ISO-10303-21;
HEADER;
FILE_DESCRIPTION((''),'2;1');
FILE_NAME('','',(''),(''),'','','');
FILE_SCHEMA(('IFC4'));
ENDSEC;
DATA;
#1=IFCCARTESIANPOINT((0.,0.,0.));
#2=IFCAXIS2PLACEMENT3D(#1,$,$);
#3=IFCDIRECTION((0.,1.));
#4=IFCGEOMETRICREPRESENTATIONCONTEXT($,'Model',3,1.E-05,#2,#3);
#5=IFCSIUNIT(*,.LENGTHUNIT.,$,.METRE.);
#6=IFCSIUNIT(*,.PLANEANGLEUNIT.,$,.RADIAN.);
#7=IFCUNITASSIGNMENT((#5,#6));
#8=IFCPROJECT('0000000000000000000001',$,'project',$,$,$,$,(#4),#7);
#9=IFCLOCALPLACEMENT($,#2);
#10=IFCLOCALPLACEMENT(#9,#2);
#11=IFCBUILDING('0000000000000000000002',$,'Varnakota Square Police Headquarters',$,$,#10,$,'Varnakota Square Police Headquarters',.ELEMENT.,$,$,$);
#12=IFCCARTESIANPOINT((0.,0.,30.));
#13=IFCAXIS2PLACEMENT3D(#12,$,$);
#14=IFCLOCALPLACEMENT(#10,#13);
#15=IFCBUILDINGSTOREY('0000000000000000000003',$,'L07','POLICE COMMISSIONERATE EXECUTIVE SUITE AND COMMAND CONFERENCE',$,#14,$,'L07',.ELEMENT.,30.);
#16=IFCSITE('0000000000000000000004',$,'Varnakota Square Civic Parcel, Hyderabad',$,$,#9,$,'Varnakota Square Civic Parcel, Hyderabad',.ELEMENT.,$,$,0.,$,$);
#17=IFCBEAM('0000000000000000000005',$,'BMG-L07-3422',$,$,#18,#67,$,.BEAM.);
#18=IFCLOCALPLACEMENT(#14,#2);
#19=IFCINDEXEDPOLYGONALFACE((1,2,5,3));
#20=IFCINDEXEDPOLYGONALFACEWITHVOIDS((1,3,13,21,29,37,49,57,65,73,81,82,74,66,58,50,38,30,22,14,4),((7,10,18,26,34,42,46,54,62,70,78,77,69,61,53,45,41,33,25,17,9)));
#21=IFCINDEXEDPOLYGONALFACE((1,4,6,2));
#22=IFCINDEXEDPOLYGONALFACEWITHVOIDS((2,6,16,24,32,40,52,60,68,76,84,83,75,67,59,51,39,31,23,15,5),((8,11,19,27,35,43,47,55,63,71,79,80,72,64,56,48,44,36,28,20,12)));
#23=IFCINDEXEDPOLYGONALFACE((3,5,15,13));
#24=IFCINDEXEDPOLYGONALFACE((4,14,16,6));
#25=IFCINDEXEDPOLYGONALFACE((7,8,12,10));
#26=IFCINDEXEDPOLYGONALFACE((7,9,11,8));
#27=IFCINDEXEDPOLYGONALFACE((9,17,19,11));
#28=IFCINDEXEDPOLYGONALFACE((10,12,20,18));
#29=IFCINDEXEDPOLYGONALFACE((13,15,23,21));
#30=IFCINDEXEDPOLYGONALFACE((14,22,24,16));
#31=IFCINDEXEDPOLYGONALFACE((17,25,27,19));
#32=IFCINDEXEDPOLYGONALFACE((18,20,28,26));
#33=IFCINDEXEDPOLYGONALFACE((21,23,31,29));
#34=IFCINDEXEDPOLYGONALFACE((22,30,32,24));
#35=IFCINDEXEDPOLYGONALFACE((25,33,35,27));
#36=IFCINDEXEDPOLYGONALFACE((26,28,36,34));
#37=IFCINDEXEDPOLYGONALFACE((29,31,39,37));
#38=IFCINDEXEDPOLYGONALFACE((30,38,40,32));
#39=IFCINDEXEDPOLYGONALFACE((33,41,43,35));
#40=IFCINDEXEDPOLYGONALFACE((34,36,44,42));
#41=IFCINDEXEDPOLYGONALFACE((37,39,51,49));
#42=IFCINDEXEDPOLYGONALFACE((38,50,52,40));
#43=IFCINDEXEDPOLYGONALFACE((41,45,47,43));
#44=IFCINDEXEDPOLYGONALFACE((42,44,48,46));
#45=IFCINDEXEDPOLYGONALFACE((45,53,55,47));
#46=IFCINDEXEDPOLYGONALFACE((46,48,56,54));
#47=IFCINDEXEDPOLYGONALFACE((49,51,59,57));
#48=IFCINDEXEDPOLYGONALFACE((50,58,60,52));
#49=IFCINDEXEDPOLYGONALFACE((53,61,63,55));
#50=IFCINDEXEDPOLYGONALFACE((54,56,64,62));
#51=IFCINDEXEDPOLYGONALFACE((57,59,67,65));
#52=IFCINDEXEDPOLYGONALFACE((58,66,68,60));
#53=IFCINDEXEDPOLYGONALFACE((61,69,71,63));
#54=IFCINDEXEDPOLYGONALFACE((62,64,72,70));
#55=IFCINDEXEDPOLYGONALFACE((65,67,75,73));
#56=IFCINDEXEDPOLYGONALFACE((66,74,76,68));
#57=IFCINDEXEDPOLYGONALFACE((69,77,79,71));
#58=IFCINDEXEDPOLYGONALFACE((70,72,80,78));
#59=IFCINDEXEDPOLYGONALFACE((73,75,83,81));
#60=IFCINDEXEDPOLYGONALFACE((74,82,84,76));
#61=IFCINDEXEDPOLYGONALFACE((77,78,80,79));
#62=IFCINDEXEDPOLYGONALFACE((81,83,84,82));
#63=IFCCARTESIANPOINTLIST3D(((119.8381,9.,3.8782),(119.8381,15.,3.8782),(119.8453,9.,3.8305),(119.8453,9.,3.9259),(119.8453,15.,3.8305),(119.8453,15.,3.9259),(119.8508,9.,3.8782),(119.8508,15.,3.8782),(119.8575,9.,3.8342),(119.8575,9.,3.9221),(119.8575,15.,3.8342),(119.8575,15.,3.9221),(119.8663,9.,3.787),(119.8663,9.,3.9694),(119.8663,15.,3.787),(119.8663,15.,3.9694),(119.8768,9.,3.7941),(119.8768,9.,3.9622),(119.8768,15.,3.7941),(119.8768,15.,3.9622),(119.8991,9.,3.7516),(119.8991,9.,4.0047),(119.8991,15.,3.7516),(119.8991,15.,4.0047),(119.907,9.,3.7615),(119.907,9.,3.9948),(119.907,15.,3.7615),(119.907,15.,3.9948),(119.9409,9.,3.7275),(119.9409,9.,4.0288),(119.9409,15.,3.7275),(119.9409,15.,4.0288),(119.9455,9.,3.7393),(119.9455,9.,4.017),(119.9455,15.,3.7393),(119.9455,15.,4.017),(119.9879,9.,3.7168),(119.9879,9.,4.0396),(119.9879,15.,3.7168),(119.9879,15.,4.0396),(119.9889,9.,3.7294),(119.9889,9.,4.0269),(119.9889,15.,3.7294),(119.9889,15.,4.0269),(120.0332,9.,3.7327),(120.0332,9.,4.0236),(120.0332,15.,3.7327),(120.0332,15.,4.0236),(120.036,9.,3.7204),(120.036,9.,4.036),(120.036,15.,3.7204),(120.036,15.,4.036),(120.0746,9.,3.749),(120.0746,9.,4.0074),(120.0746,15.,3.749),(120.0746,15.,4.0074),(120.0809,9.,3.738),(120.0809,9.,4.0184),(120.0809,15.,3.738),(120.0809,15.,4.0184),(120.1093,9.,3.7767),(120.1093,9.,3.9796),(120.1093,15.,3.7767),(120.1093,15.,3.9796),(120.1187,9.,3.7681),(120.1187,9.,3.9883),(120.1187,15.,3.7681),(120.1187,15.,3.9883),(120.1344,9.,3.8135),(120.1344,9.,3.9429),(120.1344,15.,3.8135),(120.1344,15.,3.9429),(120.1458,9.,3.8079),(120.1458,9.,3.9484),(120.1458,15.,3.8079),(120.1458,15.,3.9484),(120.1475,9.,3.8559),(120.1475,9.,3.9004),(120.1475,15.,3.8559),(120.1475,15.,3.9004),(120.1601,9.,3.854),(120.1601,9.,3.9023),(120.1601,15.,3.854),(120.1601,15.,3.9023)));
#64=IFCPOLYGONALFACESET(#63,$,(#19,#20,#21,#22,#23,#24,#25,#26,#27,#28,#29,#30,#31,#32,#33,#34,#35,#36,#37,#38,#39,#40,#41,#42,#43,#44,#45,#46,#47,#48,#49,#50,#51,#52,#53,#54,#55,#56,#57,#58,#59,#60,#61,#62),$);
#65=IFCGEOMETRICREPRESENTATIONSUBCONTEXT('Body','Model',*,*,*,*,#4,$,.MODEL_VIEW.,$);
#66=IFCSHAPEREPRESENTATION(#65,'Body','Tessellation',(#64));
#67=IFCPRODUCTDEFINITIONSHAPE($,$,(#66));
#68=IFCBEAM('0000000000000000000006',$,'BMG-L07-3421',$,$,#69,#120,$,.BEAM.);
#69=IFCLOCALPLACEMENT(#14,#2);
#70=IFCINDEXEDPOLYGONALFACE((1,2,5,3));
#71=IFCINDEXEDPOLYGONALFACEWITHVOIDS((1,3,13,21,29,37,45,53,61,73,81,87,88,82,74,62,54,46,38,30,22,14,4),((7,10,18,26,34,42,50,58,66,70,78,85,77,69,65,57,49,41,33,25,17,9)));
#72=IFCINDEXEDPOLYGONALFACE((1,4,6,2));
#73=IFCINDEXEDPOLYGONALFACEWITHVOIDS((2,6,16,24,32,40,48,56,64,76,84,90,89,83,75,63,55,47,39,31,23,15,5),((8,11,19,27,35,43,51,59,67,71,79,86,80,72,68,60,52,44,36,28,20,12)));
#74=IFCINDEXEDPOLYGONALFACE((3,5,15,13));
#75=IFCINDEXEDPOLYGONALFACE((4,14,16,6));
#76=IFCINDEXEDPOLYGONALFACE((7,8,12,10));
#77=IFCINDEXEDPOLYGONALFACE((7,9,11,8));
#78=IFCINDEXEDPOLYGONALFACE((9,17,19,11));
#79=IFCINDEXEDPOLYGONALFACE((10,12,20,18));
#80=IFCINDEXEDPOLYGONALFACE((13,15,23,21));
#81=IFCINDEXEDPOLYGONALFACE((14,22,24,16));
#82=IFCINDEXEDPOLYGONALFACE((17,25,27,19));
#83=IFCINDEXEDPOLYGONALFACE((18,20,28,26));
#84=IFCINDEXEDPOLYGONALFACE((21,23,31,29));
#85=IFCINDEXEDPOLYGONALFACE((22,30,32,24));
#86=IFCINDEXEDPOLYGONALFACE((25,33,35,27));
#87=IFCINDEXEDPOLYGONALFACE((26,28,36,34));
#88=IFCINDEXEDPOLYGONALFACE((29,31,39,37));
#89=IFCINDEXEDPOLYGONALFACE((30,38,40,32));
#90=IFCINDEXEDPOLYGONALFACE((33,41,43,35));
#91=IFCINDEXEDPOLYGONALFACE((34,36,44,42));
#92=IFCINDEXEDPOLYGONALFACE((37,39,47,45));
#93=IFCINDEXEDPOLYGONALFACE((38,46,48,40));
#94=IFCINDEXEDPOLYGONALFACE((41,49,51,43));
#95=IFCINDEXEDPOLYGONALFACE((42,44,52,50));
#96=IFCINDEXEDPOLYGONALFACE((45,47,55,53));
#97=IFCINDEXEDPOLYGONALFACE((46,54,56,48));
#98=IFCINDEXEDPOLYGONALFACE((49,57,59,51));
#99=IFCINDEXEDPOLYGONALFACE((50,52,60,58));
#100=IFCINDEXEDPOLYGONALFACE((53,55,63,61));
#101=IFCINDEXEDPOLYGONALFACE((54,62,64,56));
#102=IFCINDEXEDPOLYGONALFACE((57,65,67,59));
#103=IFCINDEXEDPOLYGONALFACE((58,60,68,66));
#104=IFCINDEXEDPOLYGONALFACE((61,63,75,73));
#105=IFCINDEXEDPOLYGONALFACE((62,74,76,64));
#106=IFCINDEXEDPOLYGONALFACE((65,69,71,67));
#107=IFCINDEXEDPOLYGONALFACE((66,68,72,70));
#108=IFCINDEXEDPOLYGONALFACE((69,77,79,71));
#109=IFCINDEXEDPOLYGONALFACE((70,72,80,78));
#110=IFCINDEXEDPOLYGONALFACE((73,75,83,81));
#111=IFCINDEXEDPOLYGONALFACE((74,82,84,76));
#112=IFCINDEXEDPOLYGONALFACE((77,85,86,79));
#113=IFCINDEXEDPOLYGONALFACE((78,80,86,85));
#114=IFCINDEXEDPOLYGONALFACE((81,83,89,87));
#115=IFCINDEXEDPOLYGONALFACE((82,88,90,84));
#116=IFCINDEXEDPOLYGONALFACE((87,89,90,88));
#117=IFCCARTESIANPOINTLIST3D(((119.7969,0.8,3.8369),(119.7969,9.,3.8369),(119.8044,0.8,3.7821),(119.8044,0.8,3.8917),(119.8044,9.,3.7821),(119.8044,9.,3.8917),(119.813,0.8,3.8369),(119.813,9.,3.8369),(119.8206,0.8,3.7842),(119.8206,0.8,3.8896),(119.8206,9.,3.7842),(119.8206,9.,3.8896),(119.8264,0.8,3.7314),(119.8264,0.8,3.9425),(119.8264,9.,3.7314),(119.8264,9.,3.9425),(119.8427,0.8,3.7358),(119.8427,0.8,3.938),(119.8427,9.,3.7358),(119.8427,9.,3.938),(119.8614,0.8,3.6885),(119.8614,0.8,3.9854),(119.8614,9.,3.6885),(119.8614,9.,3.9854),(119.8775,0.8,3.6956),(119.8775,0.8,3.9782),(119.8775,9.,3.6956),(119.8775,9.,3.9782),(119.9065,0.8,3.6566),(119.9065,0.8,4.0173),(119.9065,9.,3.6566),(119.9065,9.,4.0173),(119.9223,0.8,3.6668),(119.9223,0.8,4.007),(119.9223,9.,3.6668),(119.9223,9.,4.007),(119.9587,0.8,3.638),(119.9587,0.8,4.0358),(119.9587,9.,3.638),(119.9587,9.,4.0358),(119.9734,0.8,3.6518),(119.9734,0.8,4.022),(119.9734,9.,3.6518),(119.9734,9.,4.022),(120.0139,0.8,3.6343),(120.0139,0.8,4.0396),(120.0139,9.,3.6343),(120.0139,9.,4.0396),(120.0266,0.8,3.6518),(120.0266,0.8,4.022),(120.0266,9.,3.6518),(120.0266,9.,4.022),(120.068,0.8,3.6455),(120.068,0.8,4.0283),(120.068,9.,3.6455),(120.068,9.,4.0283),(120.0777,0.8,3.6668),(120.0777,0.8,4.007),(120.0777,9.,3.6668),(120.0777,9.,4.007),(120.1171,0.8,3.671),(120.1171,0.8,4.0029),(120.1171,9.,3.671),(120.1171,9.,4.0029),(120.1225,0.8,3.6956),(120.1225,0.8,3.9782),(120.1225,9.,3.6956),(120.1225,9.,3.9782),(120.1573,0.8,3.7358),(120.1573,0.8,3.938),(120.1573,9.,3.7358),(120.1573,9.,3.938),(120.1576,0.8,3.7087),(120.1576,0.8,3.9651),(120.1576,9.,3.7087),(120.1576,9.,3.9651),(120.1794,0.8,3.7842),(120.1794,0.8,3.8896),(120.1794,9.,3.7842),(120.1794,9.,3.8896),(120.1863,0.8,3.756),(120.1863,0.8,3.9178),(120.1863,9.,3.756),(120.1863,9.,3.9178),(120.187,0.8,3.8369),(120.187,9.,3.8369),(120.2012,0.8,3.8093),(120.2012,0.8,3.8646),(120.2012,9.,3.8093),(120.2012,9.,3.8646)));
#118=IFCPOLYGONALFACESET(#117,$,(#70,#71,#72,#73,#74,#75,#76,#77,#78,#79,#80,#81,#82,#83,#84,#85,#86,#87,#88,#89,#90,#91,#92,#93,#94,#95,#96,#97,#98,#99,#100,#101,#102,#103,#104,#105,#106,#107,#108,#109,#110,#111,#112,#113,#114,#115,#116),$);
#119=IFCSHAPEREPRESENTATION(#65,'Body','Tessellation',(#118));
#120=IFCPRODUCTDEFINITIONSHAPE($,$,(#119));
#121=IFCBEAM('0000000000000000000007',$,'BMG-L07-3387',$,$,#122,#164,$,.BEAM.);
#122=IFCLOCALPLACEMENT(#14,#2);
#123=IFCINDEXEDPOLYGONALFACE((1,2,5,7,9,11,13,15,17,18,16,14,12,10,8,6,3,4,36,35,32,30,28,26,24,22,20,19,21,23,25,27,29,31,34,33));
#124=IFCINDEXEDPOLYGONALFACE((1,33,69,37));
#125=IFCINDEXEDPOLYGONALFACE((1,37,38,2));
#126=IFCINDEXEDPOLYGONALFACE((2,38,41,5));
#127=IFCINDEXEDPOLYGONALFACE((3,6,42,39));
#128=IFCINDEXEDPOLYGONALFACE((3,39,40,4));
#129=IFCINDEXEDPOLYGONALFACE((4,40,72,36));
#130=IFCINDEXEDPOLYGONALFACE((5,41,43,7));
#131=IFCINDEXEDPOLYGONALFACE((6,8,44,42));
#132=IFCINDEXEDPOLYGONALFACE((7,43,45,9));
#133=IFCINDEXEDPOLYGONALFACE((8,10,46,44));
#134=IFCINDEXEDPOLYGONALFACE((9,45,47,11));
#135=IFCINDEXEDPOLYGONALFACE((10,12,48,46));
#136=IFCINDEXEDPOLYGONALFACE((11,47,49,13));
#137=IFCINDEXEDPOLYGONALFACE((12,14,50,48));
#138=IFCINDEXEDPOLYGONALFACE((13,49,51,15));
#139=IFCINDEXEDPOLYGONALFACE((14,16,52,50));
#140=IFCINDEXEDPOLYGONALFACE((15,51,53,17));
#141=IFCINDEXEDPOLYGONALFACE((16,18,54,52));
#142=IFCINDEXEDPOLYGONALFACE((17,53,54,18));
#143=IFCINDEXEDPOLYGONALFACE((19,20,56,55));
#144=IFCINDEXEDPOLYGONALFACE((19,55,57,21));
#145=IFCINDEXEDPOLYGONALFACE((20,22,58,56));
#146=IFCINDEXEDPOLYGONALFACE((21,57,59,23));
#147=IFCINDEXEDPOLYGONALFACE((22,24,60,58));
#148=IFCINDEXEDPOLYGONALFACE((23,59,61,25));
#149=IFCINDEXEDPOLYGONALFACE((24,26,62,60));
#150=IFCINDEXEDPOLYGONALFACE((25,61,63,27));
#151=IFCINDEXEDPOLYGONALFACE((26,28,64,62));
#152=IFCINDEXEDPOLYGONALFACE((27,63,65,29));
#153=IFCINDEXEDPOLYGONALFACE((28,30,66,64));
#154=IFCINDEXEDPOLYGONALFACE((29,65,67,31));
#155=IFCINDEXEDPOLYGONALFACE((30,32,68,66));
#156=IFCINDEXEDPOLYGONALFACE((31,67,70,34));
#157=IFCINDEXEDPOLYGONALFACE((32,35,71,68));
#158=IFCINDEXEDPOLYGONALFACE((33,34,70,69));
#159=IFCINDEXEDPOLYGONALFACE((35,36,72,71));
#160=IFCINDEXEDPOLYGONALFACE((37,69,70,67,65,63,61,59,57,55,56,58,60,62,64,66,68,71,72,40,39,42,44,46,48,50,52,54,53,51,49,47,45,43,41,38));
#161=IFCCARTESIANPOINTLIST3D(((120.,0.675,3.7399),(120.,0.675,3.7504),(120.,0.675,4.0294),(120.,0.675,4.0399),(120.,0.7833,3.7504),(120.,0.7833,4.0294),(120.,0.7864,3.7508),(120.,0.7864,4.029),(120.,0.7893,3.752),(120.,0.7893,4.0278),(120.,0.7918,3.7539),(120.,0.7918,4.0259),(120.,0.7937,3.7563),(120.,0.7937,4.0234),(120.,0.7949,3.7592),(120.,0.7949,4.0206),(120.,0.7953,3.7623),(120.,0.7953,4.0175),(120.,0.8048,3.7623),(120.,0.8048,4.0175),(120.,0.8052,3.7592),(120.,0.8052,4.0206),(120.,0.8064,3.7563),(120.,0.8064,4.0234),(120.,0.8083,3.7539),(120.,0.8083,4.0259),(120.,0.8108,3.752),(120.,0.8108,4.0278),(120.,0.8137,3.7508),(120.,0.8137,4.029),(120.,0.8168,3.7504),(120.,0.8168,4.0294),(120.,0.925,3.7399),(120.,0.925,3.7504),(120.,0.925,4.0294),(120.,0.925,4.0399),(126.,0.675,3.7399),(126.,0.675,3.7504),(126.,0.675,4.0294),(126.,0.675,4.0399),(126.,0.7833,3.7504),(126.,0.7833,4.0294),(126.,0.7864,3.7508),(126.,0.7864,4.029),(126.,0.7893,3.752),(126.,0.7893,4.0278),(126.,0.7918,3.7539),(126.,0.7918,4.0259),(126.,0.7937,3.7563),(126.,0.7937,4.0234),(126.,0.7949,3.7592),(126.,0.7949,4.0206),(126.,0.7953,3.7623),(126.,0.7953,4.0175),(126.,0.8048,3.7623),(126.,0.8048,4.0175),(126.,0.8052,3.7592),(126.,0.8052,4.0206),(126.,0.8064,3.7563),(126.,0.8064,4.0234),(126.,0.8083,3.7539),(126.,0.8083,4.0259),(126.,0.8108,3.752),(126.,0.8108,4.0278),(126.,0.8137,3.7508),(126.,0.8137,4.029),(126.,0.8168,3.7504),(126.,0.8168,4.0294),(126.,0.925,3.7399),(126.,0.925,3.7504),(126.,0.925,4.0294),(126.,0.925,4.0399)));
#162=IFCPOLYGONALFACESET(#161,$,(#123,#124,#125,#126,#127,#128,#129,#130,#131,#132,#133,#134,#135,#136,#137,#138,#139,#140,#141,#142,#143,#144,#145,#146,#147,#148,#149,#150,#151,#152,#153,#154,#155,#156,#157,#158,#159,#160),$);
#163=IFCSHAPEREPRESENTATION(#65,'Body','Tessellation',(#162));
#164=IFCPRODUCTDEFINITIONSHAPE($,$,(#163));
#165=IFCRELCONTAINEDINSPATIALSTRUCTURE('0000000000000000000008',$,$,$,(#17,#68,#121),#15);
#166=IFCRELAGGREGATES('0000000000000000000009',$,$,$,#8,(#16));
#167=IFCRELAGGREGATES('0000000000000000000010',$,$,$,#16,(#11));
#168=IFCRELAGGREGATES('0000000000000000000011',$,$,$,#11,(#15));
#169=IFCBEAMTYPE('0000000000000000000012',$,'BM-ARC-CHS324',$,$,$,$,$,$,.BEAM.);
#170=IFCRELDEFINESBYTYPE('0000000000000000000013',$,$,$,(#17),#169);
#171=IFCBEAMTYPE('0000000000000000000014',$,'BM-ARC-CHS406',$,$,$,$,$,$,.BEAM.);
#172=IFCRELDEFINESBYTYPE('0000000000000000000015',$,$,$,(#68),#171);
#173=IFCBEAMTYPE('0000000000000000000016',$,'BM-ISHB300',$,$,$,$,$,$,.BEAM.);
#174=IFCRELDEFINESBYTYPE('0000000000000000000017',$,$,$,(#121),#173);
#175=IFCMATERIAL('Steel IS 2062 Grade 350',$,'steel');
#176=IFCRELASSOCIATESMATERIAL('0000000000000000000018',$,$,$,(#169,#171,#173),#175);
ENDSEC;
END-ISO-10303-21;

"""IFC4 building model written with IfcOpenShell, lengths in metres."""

from ifc_helpers import new_model, si_unit, direction, frame, origin, origin_2d, place, context, subcontext, project, spatial, hollow_circle, i_section, extrude, material, material_profile, profile_set, type_object, element, save


model = new_model("IFC4")

# Units and contexts
model_context = context("Model", 3, precision=1e-05, world=origin(), true_north=direction((0.0, 1.0)))
body_context = subcontext(model_context, "Body", "Model", "MODEL_VIEW")
ifc_project = project(units=[si_unit("LENGTHUNIT", "METRE"), si_unit("PLANEANGLEUNIT", "RADIAN")], contexts=[model_context])

# Site, building, storey
site_placement = place(None, origin())
site = spatial("IfcSite", under=ifc_project, at=site_placement, Name="Varnakota Square Civic Parcel, Hyderabad", LongName="Varnakota Square Civic Parcel, Hyderabad", CompositionType="ELEMENT", RefElevation=0.0)
building_placement = place(site_placement, origin())
building = spatial("IfcBuilding", under=site, at=building_placement, Name="Varnakota Square Police Headquarters", LongName="Varnakota Square Police Headquarters", CompositionType="ELEMENT")
storey_placement = place(building_placement, frame((0.0, 0.0, 30.0)))
storey = spatial("IfcBuildingStorey", under=building, at=storey_placement, Name="L07", Description="POLICE COMMISSIONERATE EXECUTIVE SUITE AND COMMAND CONFERENCE", LongName="L07", CompositionType="ELEMENT", Elevation=30.0)

# Shared definitions
ifc_material_1 = material(Name="Steel IS 2062 Grade 350", Category="steel")

# Beams
ifc_material_profile_1 = material_profile(ifc_material_1, hollow_circle(Radius=0.1619, WallThickness=0.0127, at=origin_2d()), Name="CHS 323.9x12.7")
ifc_profile_set_1 = profile_set([ifc_material_profile_1], Name="Steel IS 2062 Grade 350")
beam_type_1 = type_object("IfcBeamType", Name="BM-ARC-CHS324", PredefinedType="BEAM", material=ifc_profile_set_1)
beam_1_placement = place(storey_placement, frame((120.0, 9.0, 3.8782), z_axis=(0.0, 1.0, 0.0), x_axis=(-1.0, 0.0, 0.0)))
element("IfcBeam", 1, at=beam_1_placement, inside=storey, type_object=beam_type_1, Name="BMG-L07-3422", PredefinedType="BEAM", context=body_context, shape_type="SweptSolid", body=[
    extrude(hollow_circle(Radius=0.1619, WallThickness=0.0127, at=origin_2d()), origin(), (0.0, 0.0, 1.0), 6.0),
])
ifc_material_profile_2 = material_profile(ifc_material_1, hollow_circle(Radius=0.2031, WallThickness=0.0161, at=origin_2d()), Name="CHS 406.4x16.0")
ifc_profile_set_2 = profile_set([ifc_material_profile_2], Name="Steel IS 2062 Grade 350")
beam_type_2 = type_object("IfcBeamType", Name="BM-ARC-CHS406", PredefinedType="BEAM", material=ifc_profile_set_2)
beam_2_placement = place(storey_placement, frame((120.0, 0.8, 3.8369), z_axis=(0.0, 1.0, 0.0), x_axis=(-1.0, 0.0, 0.0)))
element("IfcBeam", 2, at=beam_2_placement, inside=storey, type_object=beam_type_2, Name="BMG-L07-3421", PredefinedType="BEAM", context=body_context, shape_type="SweptSolid", body=[
    extrude(hollow_circle(Radius=0.2031, WallThickness=0.0161, at=origin_2d()), origin(), (0.0, 0.0, 1.0), 8.2),
])
ifc_material_profile_3 = material_profile(ifc_material_1, i_section(OverallWidth=0.25, OverallDepth=0.3, WebThickness=0.0095, FlangeThickness=0.0105, FilletRadius=0.012, at=origin_2d()), Name="ISHB 300")
ifc_profile_set_3 = profile_set([ifc_material_profile_3], Name="Steel IS 2062 Grade 350")
beam_type_3 = type_object("IfcBeamType", Name="BM-ISHB300", PredefinedType="BEAM", material=ifc_profile_set_3)
beam_3_placement = place(storey_placement, frame((120.0, 0.8, 3.8899), z_axis=(1.0, 0.0, 0.0), x_axis=(0.0, 1.0, 0.0)))
element("IfcBeam", 3, at=beam_3_placement, inside=storey, type_object=beam_type_3, Name="BMG-L07-3387", PredefinedType="BEAM", context=body_context, shape_type="SweptSolid", body=[
    extrude(i_section(OverallWidth=0.25, OverallDepth=0.3, WebThickness=0.0095, FlangeThickness=0.0105, FilletRadius=0.012, at=origin_2d()), origin(), (0.0, 0.0, 1.0), 6.0),
])

save(model, "model.ifc")
